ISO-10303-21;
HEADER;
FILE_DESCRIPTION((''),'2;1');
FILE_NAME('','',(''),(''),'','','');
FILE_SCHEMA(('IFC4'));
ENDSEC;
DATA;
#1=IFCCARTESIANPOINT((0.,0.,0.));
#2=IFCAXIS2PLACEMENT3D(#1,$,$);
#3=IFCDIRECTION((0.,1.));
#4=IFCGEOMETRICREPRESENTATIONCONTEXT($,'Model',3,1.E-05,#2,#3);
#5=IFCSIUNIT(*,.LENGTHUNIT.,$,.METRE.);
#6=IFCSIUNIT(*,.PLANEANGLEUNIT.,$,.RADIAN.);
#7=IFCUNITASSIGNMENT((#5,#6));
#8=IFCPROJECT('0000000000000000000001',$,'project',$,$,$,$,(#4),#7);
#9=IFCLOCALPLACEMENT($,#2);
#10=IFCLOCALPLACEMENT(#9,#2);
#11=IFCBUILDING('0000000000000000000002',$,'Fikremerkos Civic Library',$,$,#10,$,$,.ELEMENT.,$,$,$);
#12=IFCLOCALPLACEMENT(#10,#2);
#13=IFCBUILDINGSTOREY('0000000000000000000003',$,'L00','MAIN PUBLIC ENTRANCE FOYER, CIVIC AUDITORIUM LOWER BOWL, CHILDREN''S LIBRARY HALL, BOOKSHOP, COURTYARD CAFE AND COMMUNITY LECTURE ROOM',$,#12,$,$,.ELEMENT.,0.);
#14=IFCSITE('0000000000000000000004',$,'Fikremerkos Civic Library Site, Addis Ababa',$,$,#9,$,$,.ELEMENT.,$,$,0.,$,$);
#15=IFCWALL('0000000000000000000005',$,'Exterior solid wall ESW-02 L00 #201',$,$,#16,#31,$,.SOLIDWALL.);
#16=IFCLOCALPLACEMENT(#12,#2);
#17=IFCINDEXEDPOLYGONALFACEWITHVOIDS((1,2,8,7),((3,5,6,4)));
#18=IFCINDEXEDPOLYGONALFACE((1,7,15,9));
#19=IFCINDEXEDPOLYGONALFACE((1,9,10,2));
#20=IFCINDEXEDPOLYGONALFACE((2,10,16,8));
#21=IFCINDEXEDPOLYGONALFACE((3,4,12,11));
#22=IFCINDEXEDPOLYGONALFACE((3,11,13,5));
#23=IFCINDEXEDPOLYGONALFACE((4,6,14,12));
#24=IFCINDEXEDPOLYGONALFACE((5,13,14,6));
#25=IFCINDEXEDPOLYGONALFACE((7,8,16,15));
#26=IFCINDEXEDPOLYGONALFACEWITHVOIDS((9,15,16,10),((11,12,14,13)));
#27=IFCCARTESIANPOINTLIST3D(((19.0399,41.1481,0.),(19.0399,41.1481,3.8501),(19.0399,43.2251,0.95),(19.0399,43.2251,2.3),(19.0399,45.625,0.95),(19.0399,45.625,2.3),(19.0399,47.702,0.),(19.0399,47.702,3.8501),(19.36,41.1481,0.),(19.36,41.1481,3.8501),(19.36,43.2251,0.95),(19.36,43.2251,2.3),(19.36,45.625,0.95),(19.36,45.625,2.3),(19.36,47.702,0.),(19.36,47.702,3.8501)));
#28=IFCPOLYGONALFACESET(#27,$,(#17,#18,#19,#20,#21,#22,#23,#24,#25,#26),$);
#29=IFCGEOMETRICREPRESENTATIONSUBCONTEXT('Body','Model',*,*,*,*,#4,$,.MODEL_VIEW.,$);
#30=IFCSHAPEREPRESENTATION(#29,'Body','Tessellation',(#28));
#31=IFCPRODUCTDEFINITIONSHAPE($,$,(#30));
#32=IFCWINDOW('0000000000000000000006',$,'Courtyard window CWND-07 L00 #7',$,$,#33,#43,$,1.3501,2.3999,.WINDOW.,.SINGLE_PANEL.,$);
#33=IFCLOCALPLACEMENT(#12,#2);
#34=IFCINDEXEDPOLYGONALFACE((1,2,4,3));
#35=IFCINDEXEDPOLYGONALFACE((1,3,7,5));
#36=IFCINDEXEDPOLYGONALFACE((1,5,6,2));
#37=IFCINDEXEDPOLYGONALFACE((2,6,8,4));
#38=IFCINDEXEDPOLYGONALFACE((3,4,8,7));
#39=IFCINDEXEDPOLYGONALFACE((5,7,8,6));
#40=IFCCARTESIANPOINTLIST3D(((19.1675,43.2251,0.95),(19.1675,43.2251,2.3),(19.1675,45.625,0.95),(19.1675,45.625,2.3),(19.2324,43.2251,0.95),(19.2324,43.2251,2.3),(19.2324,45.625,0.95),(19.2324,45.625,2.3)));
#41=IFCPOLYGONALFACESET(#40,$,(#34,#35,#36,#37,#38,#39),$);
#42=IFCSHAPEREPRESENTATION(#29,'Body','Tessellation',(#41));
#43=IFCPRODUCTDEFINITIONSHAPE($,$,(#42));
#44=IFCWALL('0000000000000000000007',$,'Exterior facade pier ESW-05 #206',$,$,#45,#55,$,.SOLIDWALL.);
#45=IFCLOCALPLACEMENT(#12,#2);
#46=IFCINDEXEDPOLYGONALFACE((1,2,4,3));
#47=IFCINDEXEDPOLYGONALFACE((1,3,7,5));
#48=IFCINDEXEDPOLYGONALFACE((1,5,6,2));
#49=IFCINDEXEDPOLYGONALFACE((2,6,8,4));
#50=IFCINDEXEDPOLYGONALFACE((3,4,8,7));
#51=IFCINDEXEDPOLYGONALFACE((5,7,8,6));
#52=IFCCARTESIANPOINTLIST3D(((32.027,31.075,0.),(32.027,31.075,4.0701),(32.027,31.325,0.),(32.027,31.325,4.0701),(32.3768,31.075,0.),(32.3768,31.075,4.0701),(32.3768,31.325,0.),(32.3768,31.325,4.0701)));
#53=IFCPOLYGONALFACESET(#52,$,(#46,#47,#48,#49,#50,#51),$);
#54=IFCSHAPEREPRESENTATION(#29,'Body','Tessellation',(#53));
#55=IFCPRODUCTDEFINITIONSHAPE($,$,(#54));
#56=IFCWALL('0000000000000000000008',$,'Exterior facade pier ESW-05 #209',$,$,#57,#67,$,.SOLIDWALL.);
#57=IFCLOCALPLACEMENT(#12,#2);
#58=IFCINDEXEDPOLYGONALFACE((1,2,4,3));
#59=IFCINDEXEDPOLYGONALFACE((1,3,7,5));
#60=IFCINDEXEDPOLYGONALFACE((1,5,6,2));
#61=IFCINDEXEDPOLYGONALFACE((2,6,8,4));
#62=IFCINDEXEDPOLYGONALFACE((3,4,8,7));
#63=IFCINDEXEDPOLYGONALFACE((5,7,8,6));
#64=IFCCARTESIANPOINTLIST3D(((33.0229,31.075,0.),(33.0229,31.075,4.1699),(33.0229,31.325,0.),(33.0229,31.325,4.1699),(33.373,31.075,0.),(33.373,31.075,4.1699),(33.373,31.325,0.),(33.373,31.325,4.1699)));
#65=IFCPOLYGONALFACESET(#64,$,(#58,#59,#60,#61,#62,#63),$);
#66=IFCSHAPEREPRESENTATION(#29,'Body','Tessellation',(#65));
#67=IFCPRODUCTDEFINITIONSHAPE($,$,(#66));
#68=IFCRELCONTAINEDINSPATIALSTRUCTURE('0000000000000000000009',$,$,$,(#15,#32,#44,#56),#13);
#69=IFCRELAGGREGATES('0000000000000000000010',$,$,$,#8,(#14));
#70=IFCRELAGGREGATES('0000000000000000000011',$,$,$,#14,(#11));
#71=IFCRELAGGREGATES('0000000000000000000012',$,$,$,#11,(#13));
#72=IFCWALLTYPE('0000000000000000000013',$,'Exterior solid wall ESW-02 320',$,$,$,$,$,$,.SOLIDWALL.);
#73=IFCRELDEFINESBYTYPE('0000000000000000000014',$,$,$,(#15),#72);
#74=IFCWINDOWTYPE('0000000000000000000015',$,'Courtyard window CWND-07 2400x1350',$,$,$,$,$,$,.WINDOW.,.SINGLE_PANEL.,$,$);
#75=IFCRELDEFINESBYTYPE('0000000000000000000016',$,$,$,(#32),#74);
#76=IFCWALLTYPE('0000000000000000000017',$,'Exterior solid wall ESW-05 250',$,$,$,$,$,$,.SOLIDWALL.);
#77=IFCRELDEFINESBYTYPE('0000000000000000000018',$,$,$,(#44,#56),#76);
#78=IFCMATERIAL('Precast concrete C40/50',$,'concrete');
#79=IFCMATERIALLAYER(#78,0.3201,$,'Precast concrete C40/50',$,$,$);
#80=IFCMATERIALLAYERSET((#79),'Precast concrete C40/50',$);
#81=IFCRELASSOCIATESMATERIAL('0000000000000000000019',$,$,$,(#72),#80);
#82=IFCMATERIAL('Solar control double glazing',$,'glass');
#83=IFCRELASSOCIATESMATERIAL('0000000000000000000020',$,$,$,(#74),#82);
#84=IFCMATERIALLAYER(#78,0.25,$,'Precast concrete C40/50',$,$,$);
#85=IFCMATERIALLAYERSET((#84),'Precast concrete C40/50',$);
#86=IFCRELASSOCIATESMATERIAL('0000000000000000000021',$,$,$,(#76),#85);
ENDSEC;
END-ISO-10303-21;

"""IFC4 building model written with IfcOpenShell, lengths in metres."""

from ifc_helpers import new_model, si_unit, direction, frame, frame_2d, origin, place, context, subcontext, project, spatial, rectangle, extrude, material, layer, layer_set, type_object, element, fill, save


model = new_model("IFC4")

# Units and contexts
model_context = context("Model", 3, precision=1e-05, world=origin(), true_north=direction((0.0, 1.0)))
body_context = subcontext(model_context, "Body", "Model", "MODEL_VIEW")
ifc_project = project(units=[si_unit("LENGTHUNIT", "METRE"), si_unit("PLANEANGLEUNIT", "RADIAN")], contexts=[model_context])

# Site, building, storey
site_placement = place(None, origin())
site = spatial("IfcSite", under=ifc_project, at=site_placement, Name="Fikremerkos Civic Library Site, Addis Ababa", CompositionType="ELEMENT", RefElevation=0.0)
building_placement = place(site_placement, origin())
building = spatial("IfcBuilding", under=site, at=building_placement, Name="Fikremerkos Civic Library", CompositionType="ELEMENT")
storey_placement = place(building_placement, origin())
storey = spatial("IfcBuildingStorey", under=building, at=storey_placement, Name="L00", Description="MAIN PUBLIC ENTRANCE FOYER, CIVIC AUDITORIUM LOWER BOWL, CHILDREN'S LIBRARY HALL, BOOKSHOP, COURTYARD CAFE AND COMMUNITY LECTURE ROOM", CompositionType="ELEMENT", Elevation=0.0)

# Shared definitions
ifc_material_1 = material(Name="Solar control double glazing", Category="glass")

# Wall, opening, window
ifc_material_2 = material(Name="Precast concrete C40/50", Category="concrete")
ifc_layer_1 = layer(ifc_material_2, 0.3201, Name="Precast concrete C40/50")
ifc_layer_set_1 = layer_set([ifc_layer_1], Name="Precast concrete C40/50")
wall_type_1 = type_object("IfcWallType", Name="Exterior solid wall ESW-02 320", PredefinedType="SOLIDWALL", material=ifc_layer_set_1)
wall_1_placement = place(storey_placement, frame((19.2, 47.7019, 0.0), z_axis=(0.0, 0.0, 1.0), x_axis=(0.0, -1.0, 0.0)))
wall_1 = element("IfcWall", 1, at=wall_1_placement, inside=storey, type_object=wall_type_1, Name="Exterior solid wall ESW-02 L00 #201", PredefinedType="SOLIDWALL", context=body_context, shape_type="SweptSolid", body=[
    extrude(rectangle(XDim=6.554, YDim=0.3201, at=frame_2d((3.2769, 0.0))), origin(), (0.0, 0.0, 1.0), 3.8501),
])
opening_placement = place(wall_1_placement, frame((2.0769, 0.0, 0.95)))
opening = element("IfcOpeningElement", 2, at=opening_placement, cuts=wall_1, PredefinedType="OPENING", context=body_context, shape_type="SweptSolid", body=[
    extrude(rectangle(XDim=2.3999, YDim=1.3501, at=frame_2d((1.2, 0.675))), frame((0.0, 0.1699, 0.0), z_axis=(0.0, -1.0, 0.0), x_axis=(1.0, 0.0, 0.0)), (0.0, 0.0, 1.0), 0.3401),
])
window_type = type_object("IfcWindowType", Name="Courtyard window CWND-07 2400x1350", PartitioningType="SINGLE_PANEL", PredefinedType="WINDOW", material=ifc_material_1)
window_placement = place(opening_placement, origin())
window = element("IfcWindow", 3, at=window_placement, inside=storey, type_object=window_type, Name="Courtyard window CWND-07 L00 #7", OverallHeight=1.3501, OverallWidth=2.3999, PartitioningType="SINGLE_PANEL", PredefinedType="WINDOW", context=body_context, shape_type="SweptSolid", body=[
    extrude(rectangle(XDim=2.3999, YDim=1.3501, at=frame_2d((1.2, 0.675))), frame((0.0, 0.0325, 0.0), z_axis=(0.0, -1.0, 0.0), x_axis=(1.0, 0.0, 0.0)), (0.0, 0.0, 1.0), 0.0649),
])
fill(opening, window)

# Walls
ifc_layer_2 = layer(ifc_material_2, 0.25, Name="Precast concrete C40/50")
ifc_layer_set_2 = layer_set([ifc_layer_2], Name="Precast concrete C40/50")
wall_type_2 = type_object("IfcWallType", Name="Exterior solid wall ESW-05 250", PredefinedType="SOLIDWALL", material=ifc_layer_set_2)
wall_2_placement = place(storey_placement, frame((32.0271, 31.2, 0.0), z_axis=(0.0, 0.0, 1.0), x_axis=(1.0, 0.0, 0.0)))
element("IfcWall", 4, at=wall_2_placement, inside=storey, type_object=wall_type_2, Name="Exterior facade pier ESW-05 #206", PredefinedType="SOLIDWALL", context=body_context, shape_type="SweptSolid", body=[
    extrude(rectangle(XDim=0.3499, YDim=0.25, at=frame_2d((0.1748, 0.0))), origin(), (0.0, 0.0, 1.0), 4.0701),
])
wall_3_placement = place(storey_placement, frame((33.0229, 31.2, 0.0), z_axis=(0.0, 0.0, 1.0), x_axis=(1.0, 0.0, 0.0)))
element("IfcWall", 5, at=wall_3_placement, inside=storey, type_object=wall_type_2, Name="Exterior facade pier ESW-05 #209", PredefinedType="SOLIDWALL", context=body_context, shape_type="SweptSolid", body=[
    extrude(rectangle(XDim=0.3501, YDim=0.25, at=frame_2d((0.175, 0.0))), origin(), (0.0, 0.0, 1.0), 4.1699),
])

save(model, "model.ifc")
